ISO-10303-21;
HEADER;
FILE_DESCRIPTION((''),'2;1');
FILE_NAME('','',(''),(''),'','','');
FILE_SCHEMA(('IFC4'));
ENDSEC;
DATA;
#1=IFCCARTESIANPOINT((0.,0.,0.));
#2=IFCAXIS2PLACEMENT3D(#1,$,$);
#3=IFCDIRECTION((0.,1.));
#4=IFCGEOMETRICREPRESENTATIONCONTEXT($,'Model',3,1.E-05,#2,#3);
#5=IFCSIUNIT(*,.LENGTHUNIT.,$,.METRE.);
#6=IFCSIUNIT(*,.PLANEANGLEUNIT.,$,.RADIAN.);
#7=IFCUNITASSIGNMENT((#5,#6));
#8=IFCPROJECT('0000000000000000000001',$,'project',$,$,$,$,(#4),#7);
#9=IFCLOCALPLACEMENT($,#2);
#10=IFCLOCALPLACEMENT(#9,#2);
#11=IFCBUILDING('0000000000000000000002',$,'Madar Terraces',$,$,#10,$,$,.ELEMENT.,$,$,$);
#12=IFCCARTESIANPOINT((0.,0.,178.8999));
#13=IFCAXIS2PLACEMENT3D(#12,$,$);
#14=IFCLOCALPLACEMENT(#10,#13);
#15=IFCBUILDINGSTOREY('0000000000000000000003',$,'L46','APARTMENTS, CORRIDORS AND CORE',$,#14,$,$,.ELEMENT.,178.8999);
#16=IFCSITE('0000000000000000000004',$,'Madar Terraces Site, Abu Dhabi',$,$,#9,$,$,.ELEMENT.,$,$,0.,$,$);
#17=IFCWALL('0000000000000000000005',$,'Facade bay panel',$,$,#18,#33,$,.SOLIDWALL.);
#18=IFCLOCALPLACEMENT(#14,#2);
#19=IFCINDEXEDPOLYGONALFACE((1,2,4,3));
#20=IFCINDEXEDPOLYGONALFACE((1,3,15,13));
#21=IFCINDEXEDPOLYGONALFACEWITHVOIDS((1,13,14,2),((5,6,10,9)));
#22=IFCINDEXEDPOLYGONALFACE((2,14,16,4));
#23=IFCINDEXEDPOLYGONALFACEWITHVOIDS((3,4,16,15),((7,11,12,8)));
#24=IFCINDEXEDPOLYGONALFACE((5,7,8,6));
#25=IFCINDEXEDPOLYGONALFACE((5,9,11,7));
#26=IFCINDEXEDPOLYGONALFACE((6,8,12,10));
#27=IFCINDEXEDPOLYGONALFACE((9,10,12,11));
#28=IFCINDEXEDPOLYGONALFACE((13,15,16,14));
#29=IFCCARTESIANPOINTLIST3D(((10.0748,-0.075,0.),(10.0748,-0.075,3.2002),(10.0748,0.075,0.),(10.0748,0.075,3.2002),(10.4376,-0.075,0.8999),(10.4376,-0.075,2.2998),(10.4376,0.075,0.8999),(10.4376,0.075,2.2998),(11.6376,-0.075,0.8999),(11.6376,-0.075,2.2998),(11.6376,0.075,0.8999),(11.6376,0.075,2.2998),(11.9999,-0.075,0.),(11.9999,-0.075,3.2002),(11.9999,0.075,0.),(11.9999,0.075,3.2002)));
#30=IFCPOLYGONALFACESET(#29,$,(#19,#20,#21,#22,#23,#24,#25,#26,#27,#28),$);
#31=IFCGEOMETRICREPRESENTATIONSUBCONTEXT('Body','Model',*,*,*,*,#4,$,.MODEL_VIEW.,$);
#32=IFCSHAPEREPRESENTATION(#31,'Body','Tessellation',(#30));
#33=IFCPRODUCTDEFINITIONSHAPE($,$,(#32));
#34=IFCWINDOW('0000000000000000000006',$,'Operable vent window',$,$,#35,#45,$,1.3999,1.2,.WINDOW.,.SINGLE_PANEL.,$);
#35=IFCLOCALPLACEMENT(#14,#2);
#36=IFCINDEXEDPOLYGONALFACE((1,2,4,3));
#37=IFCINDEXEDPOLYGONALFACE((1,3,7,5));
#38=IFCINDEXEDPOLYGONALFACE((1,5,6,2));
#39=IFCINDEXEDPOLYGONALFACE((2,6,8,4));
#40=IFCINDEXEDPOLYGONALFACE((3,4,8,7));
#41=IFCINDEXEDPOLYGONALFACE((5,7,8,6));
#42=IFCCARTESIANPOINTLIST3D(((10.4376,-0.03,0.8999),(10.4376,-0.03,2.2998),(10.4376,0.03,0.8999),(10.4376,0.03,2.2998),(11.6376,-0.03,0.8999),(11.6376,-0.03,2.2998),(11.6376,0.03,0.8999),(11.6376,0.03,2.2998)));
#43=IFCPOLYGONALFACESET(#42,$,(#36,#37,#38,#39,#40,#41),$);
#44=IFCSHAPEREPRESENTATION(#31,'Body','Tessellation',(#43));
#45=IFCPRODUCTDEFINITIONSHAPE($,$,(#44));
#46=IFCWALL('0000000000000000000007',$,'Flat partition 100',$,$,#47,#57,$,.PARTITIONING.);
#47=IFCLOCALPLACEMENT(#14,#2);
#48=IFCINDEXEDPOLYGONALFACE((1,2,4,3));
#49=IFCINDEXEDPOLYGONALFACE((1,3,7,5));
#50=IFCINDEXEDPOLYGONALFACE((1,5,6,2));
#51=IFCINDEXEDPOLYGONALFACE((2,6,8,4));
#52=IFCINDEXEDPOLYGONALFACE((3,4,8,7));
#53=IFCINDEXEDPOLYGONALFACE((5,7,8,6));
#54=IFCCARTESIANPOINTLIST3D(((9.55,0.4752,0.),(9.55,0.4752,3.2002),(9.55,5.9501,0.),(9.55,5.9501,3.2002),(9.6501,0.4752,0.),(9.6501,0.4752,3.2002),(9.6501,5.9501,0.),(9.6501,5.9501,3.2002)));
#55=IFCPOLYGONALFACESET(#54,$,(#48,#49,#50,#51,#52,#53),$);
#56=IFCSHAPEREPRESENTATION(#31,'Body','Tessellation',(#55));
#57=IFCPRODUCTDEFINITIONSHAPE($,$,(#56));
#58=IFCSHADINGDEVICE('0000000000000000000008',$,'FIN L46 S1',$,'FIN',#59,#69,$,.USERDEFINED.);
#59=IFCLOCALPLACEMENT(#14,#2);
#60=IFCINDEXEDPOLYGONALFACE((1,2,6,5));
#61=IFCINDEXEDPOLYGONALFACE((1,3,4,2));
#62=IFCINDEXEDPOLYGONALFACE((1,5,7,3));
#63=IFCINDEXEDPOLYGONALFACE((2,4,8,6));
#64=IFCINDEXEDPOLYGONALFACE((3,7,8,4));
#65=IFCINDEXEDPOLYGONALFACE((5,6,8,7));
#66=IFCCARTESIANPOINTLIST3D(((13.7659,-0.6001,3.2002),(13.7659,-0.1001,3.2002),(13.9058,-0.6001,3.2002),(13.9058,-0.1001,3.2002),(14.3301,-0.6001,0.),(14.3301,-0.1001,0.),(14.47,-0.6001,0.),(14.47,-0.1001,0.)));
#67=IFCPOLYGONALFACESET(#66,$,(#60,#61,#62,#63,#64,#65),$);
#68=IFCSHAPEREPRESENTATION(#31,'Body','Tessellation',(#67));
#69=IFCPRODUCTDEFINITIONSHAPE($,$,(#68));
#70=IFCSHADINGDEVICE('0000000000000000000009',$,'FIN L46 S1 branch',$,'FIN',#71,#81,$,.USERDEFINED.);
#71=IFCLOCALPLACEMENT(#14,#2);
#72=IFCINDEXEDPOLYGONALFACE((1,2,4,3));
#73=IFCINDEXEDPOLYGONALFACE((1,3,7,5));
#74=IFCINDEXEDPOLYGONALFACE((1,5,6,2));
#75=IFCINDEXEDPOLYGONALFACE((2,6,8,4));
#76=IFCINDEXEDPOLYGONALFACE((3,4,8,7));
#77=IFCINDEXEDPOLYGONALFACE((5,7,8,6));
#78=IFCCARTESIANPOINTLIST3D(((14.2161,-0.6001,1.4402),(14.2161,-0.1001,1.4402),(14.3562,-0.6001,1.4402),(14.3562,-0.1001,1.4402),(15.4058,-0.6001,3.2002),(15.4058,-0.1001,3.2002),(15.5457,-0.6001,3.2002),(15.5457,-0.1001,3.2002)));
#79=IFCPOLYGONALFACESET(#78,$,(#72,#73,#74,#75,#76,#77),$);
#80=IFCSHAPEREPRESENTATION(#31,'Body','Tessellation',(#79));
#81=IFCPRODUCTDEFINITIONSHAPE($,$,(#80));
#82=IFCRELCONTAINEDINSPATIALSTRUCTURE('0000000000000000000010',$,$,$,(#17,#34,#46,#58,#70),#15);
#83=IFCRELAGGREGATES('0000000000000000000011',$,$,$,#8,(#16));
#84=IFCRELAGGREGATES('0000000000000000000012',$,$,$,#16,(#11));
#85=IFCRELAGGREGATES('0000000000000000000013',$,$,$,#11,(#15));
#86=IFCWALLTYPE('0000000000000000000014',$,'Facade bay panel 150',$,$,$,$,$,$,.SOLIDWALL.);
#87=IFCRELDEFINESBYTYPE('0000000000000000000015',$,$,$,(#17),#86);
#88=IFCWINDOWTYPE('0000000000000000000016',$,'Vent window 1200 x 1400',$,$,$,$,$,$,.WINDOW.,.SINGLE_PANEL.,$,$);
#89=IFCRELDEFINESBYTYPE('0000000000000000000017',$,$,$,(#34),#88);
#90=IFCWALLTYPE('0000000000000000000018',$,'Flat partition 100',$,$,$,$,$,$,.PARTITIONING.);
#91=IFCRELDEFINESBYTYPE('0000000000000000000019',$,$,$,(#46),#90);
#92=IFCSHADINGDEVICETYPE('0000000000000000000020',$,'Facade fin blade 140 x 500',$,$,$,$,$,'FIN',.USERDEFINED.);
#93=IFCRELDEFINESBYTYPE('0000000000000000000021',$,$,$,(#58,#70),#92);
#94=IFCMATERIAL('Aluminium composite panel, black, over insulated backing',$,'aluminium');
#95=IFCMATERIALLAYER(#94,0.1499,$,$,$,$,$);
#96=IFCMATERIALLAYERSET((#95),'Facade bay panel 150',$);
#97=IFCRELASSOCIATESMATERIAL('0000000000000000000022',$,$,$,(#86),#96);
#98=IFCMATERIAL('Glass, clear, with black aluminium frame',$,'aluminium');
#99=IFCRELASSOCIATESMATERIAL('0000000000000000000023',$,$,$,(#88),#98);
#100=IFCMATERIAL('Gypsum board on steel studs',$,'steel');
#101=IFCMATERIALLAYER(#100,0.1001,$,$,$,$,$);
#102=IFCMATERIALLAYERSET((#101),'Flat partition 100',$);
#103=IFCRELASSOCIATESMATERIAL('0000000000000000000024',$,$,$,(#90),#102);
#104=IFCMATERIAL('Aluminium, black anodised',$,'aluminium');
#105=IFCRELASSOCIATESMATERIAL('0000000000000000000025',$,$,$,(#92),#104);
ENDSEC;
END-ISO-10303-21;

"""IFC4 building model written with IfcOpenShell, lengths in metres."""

from ifc_helpers import new_model, si_unit, direction, frame, frame_2d, origin, place, context, subcontext, project, spatial, polyline, rectangle, outline, extrude, material, layer, layer_set, type_object, element, fill, save


model = new_model("IFC4")

# Units and contexts
model_context = context("Model", 3, precision=1e-05, world=origin(), true_north=direction((0.0, 1.0)))
body_context = subcontext(model_context, "Body", "Model", "MODEL_VIEW")
ifc_project = project(units=[si_unit("LENGTHUNIT", "METRE"), si_unit("PLANEANGLEUNIT", "RADIAN")], contexts=[model_context])

# Site, building, storey
site_placement = place(None, origin())
site = spatial("IfcSite", under=ifc_project, at=site_placement, Name="Madar Terraces Site, Abu Dhabi", CompositionType="ELEMENT", RefElevation=0.0)
building_placement = place(site_placement, origin())
building = spatial("IfcBuilding", under=site, at=building_placement, Name="Madar Terraces", CompositionType="ELEMENT")
storey_placement = place(building_placement, frame((0.0, 0.0, 178.8999)))
storey = spatial("IfcBuildingStorey", under=building, at=storey_placement, Name="L46", Description="APARTMENTS, CORRIDORS AND CORE", CompositionType="ELEMENT", Elevation=178.8999)

# Wall, opening, window
ifc_material_1 = material(Name="Aluminium composite panel, black, over insulated backing", Category="aluminium")
ifc_layer_1 = layer(ifc_material_1, 0.1499)
ifc_layer_set_1 = layer_set([ifc_layer_1], Name="Facade bay panel 150")
wall_type_1 = type_object("IfcWallType", Name="Facade bay panel 150", PredefinedType="SOLIDWALL", material=ifc_layer_set_1)
wall_1_placement = place(storey_placement, frame((10.075, 0.0, 0.0), z_axis=(0.0, 0.0, 1.0), x_axis=(1.0, 0.0, 0.0)))
wall_1 = element("IfcWall", 1, at=wall_1_placement, inside=storey, type_object=wall_type_1, Name="Facade bay panel", PredefinedType="SOLIDWALL", context=body_context, shape_type="SweptSolid", body=[
    extrude(rectangle(XDim=1.925, YDim=0.1499, at=frame_2d((0.9624, 0.0))), origin(), (0.0, 0.0, 1.0), 3.2002),
])
opening_1_placement = place(wall_1_placement, frame((0.3625, 0.0, 0.8999)))
opening_1 = element("IfcOpeningElement", 2, at=opening_1_placement, cuts=wall_1, PredefinedType="OPENING", context=body_context, shape_type="SweptSolid", body=[
    extrude(rectangle(XDim=1.2, YDim=1.3999, at=frame_2d((0.6001, 0.7))), frame((0.0, 0.085, 0.0), z_axis=(0.0, -1.0, 0.0), x_axis=(1.0, 0.0, 0.0)), (0.0, 0.0, 1.0), 0.1699),
])
ifc_material_2 = material(Name="Glass, clear, with black aluminium frame", Category="aluminium")
window_type = type_object("IfcWindowType", Name="Vent window 1200 x 1400", PartitioningType="SINGLE_PANEL", PredefinedType="WINDOW", material=ifc_material_2)
window_placement = place(opening_1_placement, origin())
window = element("IfcWindow", 3, at=window_placement, inside=storey, type_object=window_type, Name="Operable vent window", OverallHeight=1.3999, OverallWidth=1.2, PartitioningType="SINGLE_PANEL", PredefinedType="WINDOW", context=body_context, shape_type="SweptSolid", body=[
    extrude(rectangle(XDim=1.2, YDim=1.3999, at=frame_2d((0.6001, 0.7))), frame((0.0, 0.03, 0.0), z_axis=(0.0, -1.0, 0.0), x_axis=(1.0, 0.0, 0.0)), (0.0, 0.0, 1.0), 0.0601),
])
fill(opening_1, window)

# Wall
ifc_material_3 = material(Name="Gypsum board on steel studs", Category="steel")
ifc_layer_2 = layer(ifc_material_3, 0.1001)
ifc_layer_set_2 = layer_set([ifc_layer_2], Name="Flat partition 100")
wall_type_2 = type_object("IfcWallType", Name="Flat partition 100", PredefinedType="PARTITIONING", material=ifc_layer_set_2)
wall_2_placement = place(storey_placement, frame((9.6001, 5.95, 0.0), z_axis=(0.0, 0.0, 1.0), x_axis=(0.0, -1.0, 0.0)))
element("IfcWall", 4, at=wall_2_placement, inside=storey, type_object=wall_type_2, Name="Flat partition 100", PredefinedType="PARTITIONING", context=body_context, shape_type="SweptSolid", body=[
    extrude(rectangle(XDim=5.4749, YDim=0.1001, at=frame_2d((2.7373, 0.0))), origin(), (0.0, 0.0, 1.0), 3.2002),
])

# Shading devices
ifc_material_4 = material(Name="Aluminium, black anodised", Category="aluminium")
shading_device_type = type_object("IfcShadingDeviceType", Name="Facade fin blade 140 x 500", ElementType="FIN", PredefinedType="USERDEFINED", material=ifc_material_4)
shading_device_1_placement = place(storey_placement, frame((14.3301, -0.3501, 0.0), z_axis=(0.0, 0.0, 1.0), x_axis=(1.0, 0.0, 0.0)))
element("IfcShadingDevice", 5, at=shading_device_1_placement, inside=storey, type_object=shading_device_type, Name="FIN L46 S1", ObjectType="FIN", PredefinedType="USERDEFINED", context=body_context, shape_type="SweptSolid", body=[
    extrude(outline(polyline([(0.0, 0.0), (0.1399, 0.0), (-0.4243, 3.2002), (-0.5642, 3.2002), (0.0, 0.0)])), frame((0.0, 0.25, 0.0), z_axis=(0.0, -1.0, 0.0), x_axis=(1.0, 0.0, 0.0)), (0.0, 0.0, 1.0), 0.5),
])
shading_device_2_placement = place(storey_placement, frame((14.2161, -0.3501, 1.4402), z_axis=(0.0, 0.0, 1.0), x_axis=(1.0, 0.0, 0.0)))
element("IfcShadingDevice", 6, at=shading_device_2_placement, inside=storey, type_object=shading_device_type, Name="FIN L46 S1 branch", ObjectType="FIN", PredefinedType="USERDEFINED", context=body_context, shape_type="SweptSolid", body=[
    extrude(outline(polyline([(0.0, 0.0), (0.1401, 0.0), (1.3296, 1.76), (1.1897, 1.76), (0.0, 0.0)])), frame((0.0, 0.25, 0.0), z_axis=(0.0, -1.0, 0.0), x_axis=(1.0, 0.0, 0.0)), (0.0, 0.0, 1.0), 0.5),
])

save(model, "model.ifc")
